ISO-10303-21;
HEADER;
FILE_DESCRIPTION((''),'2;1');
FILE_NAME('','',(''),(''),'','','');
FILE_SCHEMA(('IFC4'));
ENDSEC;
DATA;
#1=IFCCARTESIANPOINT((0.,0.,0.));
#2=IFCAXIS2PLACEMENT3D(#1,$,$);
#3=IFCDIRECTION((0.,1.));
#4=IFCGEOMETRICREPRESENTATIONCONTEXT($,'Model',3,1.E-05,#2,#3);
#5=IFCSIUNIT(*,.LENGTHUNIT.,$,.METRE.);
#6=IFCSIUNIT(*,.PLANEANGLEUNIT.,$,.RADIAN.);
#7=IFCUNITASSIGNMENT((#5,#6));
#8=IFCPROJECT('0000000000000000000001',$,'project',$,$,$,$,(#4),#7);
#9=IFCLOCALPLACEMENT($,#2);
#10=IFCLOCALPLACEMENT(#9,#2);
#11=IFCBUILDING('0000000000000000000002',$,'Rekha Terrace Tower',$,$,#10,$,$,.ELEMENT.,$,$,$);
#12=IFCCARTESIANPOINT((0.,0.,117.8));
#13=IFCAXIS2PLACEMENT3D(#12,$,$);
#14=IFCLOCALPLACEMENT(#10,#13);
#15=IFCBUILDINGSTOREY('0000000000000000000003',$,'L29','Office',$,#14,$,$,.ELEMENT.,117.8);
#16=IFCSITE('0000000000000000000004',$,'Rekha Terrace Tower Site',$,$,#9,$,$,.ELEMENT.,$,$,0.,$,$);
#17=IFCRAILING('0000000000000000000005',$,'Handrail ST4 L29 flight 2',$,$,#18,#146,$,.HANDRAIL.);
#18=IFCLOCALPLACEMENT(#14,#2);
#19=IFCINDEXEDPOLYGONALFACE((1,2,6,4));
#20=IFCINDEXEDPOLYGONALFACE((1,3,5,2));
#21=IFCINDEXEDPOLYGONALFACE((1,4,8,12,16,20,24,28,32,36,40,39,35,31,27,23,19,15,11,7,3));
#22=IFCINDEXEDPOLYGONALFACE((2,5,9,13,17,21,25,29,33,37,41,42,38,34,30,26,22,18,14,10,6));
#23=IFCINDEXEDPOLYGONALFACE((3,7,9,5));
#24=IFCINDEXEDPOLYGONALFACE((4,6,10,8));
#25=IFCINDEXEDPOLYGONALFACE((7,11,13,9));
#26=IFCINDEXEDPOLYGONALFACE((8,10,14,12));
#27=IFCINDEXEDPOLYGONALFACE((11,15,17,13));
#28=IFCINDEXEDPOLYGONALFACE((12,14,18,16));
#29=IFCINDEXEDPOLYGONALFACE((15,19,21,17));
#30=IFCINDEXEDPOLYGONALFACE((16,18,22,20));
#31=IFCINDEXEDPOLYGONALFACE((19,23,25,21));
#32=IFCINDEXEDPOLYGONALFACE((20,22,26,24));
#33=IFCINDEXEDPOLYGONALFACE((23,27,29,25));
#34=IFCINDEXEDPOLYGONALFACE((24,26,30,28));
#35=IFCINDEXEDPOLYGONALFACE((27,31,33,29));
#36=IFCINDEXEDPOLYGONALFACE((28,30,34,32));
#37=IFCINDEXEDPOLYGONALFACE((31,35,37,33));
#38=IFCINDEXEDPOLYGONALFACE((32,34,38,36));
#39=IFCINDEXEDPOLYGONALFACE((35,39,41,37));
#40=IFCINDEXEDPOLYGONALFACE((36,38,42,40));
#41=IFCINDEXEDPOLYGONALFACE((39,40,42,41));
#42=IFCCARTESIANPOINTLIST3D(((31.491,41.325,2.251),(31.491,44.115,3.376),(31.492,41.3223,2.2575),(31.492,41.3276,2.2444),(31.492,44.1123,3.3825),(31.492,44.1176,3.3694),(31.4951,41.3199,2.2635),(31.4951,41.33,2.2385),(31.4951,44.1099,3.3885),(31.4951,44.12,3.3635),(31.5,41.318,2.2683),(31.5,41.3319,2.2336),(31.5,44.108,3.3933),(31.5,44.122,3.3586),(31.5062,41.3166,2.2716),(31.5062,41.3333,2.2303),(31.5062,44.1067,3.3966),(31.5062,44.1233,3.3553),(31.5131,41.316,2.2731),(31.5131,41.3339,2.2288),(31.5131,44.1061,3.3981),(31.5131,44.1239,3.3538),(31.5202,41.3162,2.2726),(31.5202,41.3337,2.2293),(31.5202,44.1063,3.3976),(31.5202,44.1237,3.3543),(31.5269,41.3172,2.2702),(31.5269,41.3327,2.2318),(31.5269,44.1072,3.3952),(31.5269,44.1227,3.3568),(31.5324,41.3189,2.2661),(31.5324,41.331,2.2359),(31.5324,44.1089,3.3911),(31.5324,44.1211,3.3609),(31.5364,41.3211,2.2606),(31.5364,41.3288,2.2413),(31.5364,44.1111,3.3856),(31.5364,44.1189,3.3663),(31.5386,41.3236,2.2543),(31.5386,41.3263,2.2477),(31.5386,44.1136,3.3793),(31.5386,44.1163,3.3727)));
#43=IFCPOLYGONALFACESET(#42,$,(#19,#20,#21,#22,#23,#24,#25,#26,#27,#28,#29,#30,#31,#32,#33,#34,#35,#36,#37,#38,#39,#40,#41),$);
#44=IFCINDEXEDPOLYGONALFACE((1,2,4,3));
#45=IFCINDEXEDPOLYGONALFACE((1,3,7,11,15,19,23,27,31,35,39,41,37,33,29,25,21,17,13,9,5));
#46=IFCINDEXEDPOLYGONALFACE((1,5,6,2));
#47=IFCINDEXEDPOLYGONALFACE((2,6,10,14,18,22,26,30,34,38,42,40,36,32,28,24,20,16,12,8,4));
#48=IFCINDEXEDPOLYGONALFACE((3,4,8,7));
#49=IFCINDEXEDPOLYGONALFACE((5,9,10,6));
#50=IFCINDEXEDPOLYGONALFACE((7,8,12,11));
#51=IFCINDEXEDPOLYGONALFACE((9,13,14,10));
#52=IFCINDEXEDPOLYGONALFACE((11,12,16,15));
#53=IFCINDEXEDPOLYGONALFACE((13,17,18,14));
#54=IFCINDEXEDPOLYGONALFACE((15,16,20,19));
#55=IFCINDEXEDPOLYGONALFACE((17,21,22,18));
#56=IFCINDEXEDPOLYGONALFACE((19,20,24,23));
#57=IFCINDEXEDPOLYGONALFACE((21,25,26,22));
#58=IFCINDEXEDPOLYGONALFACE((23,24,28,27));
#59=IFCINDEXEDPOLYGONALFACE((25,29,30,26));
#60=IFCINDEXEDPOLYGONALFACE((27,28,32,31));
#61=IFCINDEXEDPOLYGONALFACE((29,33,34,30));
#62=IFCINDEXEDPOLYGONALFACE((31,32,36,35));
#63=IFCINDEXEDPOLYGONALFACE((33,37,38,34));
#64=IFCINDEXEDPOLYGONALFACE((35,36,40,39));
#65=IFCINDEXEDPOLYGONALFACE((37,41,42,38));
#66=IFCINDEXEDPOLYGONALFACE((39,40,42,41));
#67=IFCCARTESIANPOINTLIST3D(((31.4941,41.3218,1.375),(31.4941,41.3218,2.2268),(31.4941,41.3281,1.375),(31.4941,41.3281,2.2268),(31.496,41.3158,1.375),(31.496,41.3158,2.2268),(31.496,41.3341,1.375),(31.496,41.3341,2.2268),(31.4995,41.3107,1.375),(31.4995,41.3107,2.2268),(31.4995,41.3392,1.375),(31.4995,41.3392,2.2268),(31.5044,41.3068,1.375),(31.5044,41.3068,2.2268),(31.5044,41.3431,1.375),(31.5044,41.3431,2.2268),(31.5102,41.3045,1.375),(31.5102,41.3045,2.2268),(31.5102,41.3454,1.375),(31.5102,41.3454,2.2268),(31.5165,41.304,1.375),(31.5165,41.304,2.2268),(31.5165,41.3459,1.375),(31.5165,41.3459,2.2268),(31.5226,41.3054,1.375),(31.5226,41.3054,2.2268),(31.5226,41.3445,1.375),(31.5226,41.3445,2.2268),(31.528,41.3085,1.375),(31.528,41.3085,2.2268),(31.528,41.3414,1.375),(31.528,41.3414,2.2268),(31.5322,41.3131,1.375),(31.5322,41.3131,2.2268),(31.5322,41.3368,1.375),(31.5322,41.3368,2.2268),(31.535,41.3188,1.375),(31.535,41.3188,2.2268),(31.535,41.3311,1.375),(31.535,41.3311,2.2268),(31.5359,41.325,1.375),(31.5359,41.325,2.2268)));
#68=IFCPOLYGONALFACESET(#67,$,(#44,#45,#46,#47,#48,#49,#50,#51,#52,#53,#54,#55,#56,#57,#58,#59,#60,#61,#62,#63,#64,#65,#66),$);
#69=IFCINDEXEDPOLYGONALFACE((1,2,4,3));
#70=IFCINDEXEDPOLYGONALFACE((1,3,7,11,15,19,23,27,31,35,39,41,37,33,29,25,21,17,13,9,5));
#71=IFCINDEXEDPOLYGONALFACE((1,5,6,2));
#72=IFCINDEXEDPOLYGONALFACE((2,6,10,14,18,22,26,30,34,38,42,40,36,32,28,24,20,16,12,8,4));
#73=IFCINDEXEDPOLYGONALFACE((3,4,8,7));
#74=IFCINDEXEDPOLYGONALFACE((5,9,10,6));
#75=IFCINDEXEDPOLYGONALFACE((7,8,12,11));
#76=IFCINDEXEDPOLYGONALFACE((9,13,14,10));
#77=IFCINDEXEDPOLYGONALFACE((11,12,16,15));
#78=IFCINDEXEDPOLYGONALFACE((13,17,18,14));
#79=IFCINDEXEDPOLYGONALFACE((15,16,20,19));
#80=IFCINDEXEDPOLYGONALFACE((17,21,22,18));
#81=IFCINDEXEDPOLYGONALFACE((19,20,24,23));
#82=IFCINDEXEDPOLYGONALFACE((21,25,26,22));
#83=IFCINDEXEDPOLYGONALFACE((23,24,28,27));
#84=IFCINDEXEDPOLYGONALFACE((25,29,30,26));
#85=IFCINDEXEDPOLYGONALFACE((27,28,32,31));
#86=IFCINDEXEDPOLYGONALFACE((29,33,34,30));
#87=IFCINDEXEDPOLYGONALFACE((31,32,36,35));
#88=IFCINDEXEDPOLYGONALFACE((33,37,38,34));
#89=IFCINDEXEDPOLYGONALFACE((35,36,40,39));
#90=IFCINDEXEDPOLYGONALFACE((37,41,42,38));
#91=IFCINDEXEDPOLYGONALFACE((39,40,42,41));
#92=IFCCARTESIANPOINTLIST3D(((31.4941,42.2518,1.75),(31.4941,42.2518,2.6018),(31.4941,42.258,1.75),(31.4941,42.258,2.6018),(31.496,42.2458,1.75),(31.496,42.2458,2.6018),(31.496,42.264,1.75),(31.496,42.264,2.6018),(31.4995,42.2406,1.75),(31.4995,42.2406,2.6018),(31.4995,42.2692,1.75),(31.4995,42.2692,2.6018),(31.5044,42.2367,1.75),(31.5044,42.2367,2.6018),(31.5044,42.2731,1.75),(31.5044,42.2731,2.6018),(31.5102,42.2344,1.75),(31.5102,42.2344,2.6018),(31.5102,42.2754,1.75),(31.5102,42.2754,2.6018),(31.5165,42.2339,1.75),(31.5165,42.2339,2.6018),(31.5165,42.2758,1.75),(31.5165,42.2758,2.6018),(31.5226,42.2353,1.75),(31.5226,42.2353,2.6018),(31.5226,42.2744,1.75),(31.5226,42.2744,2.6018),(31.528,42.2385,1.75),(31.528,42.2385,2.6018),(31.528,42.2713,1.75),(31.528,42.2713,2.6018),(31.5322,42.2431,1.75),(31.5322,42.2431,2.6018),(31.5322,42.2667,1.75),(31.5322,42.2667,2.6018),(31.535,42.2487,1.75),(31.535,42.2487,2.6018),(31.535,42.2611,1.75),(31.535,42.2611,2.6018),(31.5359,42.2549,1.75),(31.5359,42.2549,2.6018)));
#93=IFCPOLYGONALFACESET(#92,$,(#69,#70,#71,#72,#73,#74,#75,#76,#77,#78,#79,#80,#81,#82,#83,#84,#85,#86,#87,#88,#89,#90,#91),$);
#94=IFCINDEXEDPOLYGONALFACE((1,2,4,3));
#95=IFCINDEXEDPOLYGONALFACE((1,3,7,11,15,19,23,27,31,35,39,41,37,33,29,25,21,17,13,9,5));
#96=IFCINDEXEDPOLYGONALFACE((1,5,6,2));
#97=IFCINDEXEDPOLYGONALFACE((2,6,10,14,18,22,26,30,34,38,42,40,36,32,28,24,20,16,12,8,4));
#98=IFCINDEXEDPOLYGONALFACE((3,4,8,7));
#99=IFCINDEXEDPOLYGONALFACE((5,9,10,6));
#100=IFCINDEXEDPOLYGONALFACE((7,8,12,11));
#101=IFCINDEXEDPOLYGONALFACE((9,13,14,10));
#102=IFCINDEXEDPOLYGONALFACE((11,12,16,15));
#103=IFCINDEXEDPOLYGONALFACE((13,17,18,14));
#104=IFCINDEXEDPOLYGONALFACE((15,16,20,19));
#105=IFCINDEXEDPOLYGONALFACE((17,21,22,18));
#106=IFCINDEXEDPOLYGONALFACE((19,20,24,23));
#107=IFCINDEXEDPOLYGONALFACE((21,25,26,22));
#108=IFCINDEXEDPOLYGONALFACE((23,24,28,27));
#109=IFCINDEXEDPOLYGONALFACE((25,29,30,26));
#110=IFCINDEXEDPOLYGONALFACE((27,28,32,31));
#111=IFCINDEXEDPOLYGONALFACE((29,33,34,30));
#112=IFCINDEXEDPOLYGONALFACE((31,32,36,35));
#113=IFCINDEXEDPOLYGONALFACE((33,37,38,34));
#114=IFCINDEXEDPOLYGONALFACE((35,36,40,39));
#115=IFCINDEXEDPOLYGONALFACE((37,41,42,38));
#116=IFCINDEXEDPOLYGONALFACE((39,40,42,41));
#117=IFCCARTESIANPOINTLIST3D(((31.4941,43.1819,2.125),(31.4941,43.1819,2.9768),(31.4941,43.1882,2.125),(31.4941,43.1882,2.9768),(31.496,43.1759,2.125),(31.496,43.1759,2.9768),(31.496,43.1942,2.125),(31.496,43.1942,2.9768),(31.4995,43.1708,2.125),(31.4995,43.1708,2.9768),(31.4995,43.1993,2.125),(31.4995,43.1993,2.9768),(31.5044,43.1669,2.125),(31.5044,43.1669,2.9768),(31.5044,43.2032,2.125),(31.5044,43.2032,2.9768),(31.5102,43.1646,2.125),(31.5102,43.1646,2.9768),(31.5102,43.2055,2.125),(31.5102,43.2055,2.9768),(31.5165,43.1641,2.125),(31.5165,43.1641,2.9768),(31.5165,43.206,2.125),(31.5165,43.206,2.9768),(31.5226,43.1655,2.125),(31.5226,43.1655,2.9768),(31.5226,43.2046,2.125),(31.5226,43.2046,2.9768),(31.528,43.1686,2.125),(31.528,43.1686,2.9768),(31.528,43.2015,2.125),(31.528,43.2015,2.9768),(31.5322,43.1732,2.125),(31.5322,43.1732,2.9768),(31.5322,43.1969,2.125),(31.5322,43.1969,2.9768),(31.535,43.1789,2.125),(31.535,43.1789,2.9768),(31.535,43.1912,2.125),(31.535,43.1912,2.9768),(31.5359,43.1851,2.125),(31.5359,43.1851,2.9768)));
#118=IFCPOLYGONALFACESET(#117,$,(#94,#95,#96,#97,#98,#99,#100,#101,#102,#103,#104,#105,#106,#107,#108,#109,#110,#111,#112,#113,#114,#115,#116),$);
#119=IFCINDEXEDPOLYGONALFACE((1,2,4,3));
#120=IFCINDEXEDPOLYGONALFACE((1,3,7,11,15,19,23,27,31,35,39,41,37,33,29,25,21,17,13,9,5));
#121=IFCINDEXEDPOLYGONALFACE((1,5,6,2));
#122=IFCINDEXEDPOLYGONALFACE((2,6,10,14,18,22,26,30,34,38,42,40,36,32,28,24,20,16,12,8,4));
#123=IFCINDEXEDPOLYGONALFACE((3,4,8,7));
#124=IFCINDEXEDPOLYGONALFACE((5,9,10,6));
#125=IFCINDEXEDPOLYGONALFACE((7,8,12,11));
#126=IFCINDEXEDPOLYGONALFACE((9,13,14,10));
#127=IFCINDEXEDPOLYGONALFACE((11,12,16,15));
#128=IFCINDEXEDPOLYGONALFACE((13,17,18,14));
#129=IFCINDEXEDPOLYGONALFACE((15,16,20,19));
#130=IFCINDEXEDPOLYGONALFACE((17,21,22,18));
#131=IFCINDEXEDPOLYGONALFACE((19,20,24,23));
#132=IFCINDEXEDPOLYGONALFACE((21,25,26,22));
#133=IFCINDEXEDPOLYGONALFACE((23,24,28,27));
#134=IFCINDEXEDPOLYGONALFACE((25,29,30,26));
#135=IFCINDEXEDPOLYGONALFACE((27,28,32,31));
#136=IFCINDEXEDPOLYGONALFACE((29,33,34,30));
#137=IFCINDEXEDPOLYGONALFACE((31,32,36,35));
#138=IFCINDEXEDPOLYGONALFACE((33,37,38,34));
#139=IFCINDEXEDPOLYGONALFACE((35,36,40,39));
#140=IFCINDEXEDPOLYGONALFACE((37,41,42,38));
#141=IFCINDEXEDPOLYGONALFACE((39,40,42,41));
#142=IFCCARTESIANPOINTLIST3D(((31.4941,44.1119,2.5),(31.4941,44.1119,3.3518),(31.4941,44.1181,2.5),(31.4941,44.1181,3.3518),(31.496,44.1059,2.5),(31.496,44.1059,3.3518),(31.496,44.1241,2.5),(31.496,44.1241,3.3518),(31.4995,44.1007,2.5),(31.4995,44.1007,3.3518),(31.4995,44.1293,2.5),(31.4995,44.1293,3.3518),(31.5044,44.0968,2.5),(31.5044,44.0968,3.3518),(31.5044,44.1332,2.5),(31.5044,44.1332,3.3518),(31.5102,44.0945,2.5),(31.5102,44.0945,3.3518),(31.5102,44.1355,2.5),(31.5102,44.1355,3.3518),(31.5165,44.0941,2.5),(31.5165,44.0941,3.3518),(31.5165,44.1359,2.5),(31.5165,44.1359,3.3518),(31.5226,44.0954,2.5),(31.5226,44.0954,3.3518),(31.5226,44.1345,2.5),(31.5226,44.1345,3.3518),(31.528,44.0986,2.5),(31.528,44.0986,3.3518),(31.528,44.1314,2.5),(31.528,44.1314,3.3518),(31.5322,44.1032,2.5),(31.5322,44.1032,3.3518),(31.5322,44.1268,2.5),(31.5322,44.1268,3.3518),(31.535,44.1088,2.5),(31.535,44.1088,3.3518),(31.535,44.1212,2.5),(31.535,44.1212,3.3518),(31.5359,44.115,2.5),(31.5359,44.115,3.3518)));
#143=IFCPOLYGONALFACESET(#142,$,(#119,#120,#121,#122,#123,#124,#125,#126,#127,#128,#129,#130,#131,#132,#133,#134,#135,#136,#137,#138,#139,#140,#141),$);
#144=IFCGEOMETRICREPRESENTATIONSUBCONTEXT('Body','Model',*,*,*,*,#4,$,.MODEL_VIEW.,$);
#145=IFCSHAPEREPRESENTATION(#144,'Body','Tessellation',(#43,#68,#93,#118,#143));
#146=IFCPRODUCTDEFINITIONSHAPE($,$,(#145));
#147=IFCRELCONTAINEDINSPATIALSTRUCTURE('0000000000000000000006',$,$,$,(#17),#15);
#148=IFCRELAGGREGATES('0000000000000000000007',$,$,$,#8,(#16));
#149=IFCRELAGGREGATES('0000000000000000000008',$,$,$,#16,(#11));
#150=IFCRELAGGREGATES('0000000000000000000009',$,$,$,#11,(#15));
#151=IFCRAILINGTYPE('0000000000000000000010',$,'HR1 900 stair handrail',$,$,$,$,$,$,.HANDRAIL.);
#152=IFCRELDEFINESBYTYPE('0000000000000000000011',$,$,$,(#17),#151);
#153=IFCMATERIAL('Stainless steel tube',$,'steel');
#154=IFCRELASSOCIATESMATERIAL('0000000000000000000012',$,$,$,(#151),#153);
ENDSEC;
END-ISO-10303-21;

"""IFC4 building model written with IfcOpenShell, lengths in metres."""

from ifc_helpers import new_model, si_unit, direction, frame, origin, origin_2d, place, context, subcontext, project, spatial, circle, extrude, material, type_object, element, save


model = new_model("IFC4")

# Units and contexts
model_context = context("Model", 3, precision=1e-05, world=origin(), true_north=direction((0.0, 1.0)))
body_context = subcontext(model_context, "Body", "Model", "MODEL_VIEW")
ifc_project = project(units=[si_unit("LENGTHUNIT", "METRE"), si_unit("PLANEANGLEUNIT", "RADIAN")], contexts=[model_context])

# Site, building, storey
site_placement = place(None, origin())
site = spatial("IfcSite", under=ifc_project, at=site_placement, Name="Rekha Terrace Tower Site", CompositionType="ELEMENT", RefElevation=0.0)
building_placement = place(site_placement, origin())
building = spatial("IfcBuilding", under=site, at=building_placement, Name="Rekha Terrace Tower", CompositionType="ELEMENT")
storey_placement = place(building_placement, frame((0.0, 0.0, 117.8)))
storey = spatial("IfcBuildingStorey", under=building, at=storey_placement, Name="L29", Description="Office", CompositionType="ELEMENT", Elevation=117.8)

# Railing
ifc_material_1 = material(Name="Stainless steel tube", Category="steel")
railing_type = type_object("IfcRailingType", Name="HR1 900 stair handrail", PredefinedType="HANDRAIL", material=ifc_material_1)
for number, where, name in (
    (1, (31.5149, 41.325, 1.375), "Handrail ST4 L29 flight 2"),
):
    element("IfcRailing", number, at=place(storey_placement, frame(where)), inside=storey, type_object=railing_type, Name=name, PredefinedType="HANDRAIL", context=body_context, shape_type="SweptSolid", body=[
        extrude(circle(Radius=0.0239, at=origin_2d()), frame((0.0, 0.0, 0.876), z_axis=(0.0, 0.927443, 0.373964), x_axis=(-1.0, 0.0, 0.0)), (0.0, 0.0, 1.0), 3.0083),
        extrude(circle(Radius=0.021, at=origin_2d()), origin(), (0.0, 0.0, 1.0), 0.8518),
        extrude(circle(Radius=0.021, at=origin_2d()), frame((0.0, 0.9299, 0.375)), (0.0, 0.0, 1.0), 0.8518),
        extrude(circle(Radius=0.021, at=origin_2d()), frame((0.0, 1.8601, 0.75)), (0.0, 0.0, 1.0), 0.8518),
        extrude(circle(Radius=0.021, at=origin_2d()), frame((0.0, 2.79, 1.125)), (0.0, 0.0, 1.0), 0.8518),
    ])

save(model, "model.ifc")
